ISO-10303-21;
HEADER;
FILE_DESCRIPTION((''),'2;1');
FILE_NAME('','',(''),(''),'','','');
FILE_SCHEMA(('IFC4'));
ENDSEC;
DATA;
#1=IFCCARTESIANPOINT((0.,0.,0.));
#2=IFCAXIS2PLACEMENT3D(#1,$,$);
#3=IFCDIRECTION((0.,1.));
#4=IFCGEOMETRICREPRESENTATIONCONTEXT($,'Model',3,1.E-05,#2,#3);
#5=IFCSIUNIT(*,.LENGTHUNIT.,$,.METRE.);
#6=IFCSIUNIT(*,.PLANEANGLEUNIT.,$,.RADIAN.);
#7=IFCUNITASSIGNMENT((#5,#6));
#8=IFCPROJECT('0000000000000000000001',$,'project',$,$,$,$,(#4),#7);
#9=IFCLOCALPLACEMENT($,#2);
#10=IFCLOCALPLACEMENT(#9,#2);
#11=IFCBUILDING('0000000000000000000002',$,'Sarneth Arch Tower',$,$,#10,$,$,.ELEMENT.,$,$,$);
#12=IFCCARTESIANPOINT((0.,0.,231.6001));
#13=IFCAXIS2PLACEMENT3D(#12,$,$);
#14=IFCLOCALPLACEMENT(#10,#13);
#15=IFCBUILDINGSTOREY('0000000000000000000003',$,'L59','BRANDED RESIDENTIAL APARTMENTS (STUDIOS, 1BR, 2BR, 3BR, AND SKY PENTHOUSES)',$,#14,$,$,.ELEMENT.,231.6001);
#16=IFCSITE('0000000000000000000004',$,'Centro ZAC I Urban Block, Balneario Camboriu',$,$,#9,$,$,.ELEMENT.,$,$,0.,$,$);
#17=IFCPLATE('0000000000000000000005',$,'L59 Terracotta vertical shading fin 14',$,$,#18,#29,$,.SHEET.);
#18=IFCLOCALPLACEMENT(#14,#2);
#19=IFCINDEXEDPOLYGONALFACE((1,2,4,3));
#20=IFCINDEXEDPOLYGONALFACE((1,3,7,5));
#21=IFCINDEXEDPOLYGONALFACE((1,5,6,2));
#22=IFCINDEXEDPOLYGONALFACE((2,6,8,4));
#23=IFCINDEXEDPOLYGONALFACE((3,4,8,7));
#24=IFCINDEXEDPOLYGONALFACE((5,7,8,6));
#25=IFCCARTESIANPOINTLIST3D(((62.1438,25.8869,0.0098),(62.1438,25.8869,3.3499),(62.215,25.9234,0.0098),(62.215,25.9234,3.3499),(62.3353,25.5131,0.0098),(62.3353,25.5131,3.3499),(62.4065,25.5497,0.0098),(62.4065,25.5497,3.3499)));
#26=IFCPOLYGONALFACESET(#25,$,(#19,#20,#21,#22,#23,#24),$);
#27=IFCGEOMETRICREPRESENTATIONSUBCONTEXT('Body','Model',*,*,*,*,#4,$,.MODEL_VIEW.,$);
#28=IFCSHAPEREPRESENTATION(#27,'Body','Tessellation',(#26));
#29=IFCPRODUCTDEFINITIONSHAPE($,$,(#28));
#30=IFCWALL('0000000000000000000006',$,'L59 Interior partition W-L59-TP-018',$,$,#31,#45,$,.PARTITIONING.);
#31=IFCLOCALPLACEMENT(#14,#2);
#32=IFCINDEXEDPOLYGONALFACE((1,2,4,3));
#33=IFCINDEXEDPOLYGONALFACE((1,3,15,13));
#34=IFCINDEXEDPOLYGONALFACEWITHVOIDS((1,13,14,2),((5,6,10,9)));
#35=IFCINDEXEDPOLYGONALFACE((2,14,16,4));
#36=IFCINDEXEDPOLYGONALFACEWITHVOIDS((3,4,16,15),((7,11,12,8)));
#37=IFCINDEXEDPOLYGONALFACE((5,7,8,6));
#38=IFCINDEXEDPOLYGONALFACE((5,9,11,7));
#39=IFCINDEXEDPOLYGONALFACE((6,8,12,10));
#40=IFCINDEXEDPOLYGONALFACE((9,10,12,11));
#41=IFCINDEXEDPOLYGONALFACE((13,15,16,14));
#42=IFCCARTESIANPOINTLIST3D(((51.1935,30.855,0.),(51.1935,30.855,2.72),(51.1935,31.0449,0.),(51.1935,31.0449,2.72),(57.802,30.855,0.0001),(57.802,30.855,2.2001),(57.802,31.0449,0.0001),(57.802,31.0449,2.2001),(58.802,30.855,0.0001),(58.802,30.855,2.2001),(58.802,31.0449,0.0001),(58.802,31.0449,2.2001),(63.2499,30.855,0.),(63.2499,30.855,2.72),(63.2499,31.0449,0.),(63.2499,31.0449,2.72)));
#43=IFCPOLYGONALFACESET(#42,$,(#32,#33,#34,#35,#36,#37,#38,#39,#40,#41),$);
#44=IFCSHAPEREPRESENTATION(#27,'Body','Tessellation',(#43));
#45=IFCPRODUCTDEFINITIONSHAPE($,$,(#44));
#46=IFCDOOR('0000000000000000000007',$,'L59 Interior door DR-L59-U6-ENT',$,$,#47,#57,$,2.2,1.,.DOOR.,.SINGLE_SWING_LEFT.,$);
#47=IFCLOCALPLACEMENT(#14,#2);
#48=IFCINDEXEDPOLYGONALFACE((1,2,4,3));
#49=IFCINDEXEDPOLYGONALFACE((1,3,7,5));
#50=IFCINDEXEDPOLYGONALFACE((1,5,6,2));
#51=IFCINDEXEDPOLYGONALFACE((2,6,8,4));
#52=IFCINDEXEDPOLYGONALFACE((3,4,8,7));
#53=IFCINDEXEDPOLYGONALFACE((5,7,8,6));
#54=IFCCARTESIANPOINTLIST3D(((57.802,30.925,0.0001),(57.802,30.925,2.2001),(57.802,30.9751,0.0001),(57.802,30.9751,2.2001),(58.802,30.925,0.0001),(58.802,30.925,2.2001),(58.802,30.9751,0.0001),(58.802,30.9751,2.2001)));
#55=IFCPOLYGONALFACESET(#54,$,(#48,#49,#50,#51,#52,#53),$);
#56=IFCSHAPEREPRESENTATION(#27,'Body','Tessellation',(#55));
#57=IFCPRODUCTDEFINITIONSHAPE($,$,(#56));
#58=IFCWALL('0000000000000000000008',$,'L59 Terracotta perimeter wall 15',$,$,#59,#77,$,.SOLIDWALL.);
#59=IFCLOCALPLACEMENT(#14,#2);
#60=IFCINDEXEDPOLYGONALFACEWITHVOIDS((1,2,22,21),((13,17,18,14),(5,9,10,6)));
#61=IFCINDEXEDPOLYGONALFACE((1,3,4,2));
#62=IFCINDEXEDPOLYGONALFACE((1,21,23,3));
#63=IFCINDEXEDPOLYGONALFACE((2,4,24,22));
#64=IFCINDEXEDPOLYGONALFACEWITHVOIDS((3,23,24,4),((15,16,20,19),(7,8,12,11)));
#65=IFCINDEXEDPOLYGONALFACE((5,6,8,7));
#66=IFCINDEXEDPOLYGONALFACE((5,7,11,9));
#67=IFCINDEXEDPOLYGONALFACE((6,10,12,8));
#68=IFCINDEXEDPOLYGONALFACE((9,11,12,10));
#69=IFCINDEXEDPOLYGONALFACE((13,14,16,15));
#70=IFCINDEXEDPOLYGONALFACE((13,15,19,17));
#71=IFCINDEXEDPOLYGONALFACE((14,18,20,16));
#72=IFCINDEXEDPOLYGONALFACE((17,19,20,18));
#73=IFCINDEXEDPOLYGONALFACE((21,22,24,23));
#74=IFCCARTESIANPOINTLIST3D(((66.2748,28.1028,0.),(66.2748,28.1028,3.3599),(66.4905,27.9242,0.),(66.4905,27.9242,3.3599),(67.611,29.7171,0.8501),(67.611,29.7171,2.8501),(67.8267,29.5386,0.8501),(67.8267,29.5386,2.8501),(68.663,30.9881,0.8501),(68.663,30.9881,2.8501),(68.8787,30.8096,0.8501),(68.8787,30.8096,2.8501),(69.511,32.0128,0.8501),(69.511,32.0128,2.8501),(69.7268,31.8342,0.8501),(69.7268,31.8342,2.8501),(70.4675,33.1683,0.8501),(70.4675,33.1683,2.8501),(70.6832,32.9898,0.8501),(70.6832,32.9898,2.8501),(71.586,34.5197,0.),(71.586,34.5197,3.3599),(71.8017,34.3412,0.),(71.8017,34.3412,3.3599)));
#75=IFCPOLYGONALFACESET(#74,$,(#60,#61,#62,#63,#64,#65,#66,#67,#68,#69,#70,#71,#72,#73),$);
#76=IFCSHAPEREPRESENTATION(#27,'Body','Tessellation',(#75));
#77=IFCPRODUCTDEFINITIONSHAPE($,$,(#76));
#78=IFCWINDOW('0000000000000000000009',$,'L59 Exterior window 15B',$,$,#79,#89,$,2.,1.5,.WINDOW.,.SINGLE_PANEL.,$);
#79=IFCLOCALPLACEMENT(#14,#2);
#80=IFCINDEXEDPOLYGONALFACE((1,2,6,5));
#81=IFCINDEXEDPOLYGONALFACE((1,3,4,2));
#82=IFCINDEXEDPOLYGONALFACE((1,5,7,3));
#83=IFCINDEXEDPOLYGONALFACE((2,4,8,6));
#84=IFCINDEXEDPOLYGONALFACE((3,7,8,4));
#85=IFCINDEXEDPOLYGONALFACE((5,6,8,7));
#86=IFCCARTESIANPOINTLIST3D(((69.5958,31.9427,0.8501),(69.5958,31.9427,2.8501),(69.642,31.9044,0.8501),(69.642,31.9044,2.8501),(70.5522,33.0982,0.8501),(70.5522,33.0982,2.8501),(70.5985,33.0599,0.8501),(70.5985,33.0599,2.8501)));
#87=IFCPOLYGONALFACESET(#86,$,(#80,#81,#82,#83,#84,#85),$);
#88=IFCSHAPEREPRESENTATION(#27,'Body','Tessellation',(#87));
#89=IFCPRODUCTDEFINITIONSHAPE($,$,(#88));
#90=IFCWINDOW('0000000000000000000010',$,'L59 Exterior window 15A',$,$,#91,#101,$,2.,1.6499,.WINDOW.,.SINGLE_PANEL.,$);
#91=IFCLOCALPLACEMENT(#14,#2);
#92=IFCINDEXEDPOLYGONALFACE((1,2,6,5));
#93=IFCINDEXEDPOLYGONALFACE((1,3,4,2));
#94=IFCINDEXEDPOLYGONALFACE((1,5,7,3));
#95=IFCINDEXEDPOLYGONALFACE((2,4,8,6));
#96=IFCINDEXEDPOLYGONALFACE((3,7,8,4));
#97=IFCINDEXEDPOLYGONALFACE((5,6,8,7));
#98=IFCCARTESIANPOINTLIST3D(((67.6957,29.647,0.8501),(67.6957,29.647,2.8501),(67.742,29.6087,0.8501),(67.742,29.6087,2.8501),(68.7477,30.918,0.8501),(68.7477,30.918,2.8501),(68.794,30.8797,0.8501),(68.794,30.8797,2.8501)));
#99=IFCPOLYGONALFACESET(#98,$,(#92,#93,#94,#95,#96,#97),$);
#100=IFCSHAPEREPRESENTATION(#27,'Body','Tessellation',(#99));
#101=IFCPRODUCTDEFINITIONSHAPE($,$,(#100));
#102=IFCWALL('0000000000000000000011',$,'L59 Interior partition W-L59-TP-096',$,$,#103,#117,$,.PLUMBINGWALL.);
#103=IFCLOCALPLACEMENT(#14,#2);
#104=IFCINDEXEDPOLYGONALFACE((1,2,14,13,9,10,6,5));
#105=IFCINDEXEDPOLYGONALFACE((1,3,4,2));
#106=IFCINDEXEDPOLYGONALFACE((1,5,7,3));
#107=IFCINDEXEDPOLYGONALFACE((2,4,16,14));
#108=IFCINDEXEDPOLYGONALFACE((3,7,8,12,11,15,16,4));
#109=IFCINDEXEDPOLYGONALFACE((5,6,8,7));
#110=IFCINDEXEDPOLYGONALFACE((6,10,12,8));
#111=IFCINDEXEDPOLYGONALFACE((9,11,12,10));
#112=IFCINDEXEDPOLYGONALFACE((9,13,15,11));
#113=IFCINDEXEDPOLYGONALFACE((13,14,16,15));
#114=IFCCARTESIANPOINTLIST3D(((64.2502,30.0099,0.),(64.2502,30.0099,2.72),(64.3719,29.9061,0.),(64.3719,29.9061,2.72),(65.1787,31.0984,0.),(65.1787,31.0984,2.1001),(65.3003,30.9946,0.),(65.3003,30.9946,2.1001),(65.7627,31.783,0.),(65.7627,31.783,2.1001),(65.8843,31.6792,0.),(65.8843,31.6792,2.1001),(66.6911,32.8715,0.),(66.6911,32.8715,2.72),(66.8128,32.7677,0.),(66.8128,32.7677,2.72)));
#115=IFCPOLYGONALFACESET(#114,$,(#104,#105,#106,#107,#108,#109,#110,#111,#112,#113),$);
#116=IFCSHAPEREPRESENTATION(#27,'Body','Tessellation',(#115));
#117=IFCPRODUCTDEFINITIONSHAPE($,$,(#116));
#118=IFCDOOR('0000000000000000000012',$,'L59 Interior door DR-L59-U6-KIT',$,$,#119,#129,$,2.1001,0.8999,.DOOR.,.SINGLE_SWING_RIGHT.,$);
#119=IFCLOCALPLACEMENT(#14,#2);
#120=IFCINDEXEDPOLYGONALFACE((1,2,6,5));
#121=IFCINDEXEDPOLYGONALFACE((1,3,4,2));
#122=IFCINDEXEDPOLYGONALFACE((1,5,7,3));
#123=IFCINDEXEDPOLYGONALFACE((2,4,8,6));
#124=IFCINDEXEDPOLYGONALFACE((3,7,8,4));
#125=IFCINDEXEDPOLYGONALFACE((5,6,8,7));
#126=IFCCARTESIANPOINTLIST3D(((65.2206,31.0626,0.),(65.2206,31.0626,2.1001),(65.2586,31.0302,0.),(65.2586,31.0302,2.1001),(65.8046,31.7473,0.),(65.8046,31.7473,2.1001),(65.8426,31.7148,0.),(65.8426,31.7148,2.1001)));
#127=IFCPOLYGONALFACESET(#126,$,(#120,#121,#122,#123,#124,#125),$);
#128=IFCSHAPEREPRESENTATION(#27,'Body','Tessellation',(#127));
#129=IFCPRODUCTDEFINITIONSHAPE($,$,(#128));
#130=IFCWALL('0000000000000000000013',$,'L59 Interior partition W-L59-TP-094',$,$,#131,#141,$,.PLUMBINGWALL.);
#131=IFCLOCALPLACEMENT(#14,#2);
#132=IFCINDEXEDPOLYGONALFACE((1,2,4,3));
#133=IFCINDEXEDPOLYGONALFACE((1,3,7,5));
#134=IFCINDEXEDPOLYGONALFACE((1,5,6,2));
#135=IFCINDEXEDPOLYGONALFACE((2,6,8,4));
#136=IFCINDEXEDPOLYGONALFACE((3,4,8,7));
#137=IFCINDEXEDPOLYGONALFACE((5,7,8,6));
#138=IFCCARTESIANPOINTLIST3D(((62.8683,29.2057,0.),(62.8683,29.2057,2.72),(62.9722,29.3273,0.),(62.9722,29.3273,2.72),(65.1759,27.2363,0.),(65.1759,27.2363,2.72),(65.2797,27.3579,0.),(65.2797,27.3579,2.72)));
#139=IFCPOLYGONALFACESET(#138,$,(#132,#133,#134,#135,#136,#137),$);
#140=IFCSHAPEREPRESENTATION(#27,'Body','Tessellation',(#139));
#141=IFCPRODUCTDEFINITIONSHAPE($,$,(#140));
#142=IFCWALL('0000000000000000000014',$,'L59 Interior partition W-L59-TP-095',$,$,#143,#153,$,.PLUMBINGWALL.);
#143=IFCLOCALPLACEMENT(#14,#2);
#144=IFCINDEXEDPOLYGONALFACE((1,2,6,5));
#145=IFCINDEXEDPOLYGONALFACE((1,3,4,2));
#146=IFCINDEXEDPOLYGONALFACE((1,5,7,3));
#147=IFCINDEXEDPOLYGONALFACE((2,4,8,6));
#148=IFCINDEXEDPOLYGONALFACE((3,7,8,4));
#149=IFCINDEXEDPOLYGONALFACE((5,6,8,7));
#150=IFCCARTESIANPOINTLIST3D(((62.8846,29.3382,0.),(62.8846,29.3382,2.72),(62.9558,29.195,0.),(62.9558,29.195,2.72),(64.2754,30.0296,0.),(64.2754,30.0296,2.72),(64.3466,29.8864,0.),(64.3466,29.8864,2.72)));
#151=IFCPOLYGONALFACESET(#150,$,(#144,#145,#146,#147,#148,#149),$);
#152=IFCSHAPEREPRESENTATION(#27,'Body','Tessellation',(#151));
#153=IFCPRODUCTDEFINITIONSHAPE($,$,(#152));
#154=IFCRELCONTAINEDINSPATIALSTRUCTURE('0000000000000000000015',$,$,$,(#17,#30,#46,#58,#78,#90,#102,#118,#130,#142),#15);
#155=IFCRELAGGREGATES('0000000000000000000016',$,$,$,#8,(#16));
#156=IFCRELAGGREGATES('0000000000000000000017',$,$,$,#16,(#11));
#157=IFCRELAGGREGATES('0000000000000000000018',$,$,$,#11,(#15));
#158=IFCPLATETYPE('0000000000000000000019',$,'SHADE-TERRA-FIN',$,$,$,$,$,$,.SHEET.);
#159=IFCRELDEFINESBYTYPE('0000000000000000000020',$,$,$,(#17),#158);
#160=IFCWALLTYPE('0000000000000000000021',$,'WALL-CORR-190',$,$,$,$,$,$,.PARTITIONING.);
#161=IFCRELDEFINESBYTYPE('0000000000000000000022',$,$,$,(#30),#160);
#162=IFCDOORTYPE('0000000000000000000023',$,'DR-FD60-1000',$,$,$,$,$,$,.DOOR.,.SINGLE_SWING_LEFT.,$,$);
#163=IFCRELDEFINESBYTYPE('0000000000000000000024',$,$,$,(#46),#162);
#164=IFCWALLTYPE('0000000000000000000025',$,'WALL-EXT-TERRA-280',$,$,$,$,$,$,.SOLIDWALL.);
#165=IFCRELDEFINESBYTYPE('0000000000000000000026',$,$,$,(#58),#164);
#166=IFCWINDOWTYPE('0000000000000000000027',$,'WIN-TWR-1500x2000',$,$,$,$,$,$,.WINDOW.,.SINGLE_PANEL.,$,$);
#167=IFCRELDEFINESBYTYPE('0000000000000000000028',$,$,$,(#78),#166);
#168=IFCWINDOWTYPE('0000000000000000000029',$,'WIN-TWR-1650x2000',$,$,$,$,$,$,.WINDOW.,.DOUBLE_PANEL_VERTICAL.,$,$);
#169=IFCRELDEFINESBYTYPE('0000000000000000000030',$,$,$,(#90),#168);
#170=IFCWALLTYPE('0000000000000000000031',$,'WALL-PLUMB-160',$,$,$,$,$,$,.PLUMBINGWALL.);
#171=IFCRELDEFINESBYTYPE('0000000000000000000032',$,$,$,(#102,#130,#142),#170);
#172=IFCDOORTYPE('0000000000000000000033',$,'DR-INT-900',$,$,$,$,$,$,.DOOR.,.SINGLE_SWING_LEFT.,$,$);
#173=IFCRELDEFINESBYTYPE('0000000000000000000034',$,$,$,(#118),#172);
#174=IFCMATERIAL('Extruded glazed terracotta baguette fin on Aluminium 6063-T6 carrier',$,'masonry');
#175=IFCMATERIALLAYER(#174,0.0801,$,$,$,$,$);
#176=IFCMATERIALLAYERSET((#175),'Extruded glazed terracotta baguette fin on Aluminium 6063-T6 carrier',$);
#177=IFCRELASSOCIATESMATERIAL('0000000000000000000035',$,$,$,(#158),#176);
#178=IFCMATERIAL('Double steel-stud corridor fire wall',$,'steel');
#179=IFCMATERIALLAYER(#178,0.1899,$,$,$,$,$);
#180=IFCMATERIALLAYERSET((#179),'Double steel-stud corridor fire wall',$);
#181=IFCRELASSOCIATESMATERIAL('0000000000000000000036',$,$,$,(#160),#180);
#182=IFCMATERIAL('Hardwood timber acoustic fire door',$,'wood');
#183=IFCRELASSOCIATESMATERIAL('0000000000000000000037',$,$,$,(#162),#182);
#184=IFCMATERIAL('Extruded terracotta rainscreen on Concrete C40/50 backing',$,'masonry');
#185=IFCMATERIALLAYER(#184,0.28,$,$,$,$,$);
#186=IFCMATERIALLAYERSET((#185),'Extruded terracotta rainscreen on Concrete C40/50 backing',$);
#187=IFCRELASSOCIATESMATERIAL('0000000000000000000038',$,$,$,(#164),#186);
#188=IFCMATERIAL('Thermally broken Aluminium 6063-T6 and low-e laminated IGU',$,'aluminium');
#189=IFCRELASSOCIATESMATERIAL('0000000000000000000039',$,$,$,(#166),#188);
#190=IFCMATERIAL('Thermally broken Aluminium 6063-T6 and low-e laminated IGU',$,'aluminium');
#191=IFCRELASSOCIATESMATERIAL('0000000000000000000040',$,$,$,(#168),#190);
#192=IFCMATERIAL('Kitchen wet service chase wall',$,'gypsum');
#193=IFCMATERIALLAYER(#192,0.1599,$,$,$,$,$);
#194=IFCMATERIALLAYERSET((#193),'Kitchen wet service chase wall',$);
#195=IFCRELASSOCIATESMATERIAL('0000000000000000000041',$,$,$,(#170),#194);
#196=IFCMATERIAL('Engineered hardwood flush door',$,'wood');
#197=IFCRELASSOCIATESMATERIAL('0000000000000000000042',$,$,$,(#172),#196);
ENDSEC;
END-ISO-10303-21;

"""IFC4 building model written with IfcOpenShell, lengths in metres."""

from ifc_helpers import new_model, si_unit, direction, frame, frame_2d, origin, origin_2d, place, context, subcontext, project, spatial, rectangle, extrude, material, layer, layer_set, type_object, element, fill, save


model = new_model("IFC4")

# Units and contexts
model_context = context("Model", 3, precision=1e-05, world=origin(), true_north=direction((0.0, 1.0)))
body_context = subcontext(model_context, "Body", "Model", "MODEL_VIEW")
ifc_project = project(units=[si_unit("LENGTHUNIT", "METRE"), si_unit("PLANEANGLEUNIT", "RADIAN")], contexts=[model_context])

# Site, building, storey
site_placement = place(None, origin())
site = spatial("IfcSite", under=ifc_project, at=site_placement, Name="Centro ZAC I Urban Block, Balneario Camboriu", CompositionType="ELEMENT", RefElevation=0.0)
building_placement = place(site_placement, origin())
building = spatial("IfcBuilding", under=site, at=building_placement, Name="Sarneth Arch Tower", CompositionType="ELEMENT")
storey_placement = place(building_placement, frame((0.0, 0.0, 231.6001)))
storey = spatial("IfcBuildingStorey", under=building, at=storey_placement, Name="L59", Description="BRANDED RESIDENTIAL APARTMENTS (STUDIOS, 1BR, 2BR, 3BR, AND SKY PENTHOUSES)", CompositionType="ELEMENT", Elevation=231.6001)

# Plate
ifc_material_1 = material(Name="Extruded glazed terracotta baguette fin on Aluminium 6063-T6 carrier", Category="masonry")
ifc_layer_1 = layer(ifc_material_1, 0.0801)
ifc_layer_set_1 = layer_set([ifc_layer_1], Name="Extruded glazed terracotta baguette fin on Aluminium 6063-T6 carrier")
plate_type_1 = type_object("IfcPlateType", Name="SHADE-TERRA-FIN", PredefinedType="SHEET", material=ifc_layer_set_1)
plate_1_placement = place(storey_placement, frame((62.2751, 25.7183, 0.0098), z_axis=(0.0, 0.0, 1.0), x_axis=(0.456011, -0.889974, 0.0)))
element("IfcPlate", 1, at=plate_1_placement, inside=storey, type_object=plate_type_1, Name="L59 Terracotta vertical shading fin 14", PredefinedType="SHEET", context=body_context, shape_type="SweptSolid", body=[
    extrude(rectangle(XDim=0.4199, YDim=0.0801, at=origin_2d()), origin(), (0.0, 0.0, 1.0), 3.3401),
])

# Wall, opening, door
ifc_material_2 = material(Name="Double steel-stud corridor fire wall", Category="steel")
ifc_layer_2 = layer(ifc_material_2, 0.1899)
ifc_layer_set_2 = layer_set([ifc_layer_2], Name="Double steel-stud corridor fire wall")
wall_type_1 = type_object("IfcWallType", Name="WALL-CORR-190", PredefinedType="PARTITIONING", material=ifc_layer_set_2)
wall_1_placement = place(storey_placement, frame((63.25, 30.95, 0.0), z_axis=(0.0, 0.0, 1.0), x_axis=(-1.0, 0.0, 0.0)))
wall_1 = element("IfcWall", 2, at=wall_1_placement, inside=storey, type_object=wall_type_1, Name="L59 Interior partition W-L59-TP-018", PredefinedType="PARTITIONING", context=body_context, shape_type="SweptSolid", body=[
    extrude(rectangle(XDim=12.0564, YDim=0.1899, at=frame_2d((6.0283, 0.0))), origin(), (0.0, 0.0, 1.0), 2.72),
])
opening_1_placement = place(wall_1_placement, frame((4.448, 0.0, 0.0)))
opening_1 = element("IfcOpeningElement", 3, at=opening_1_placement, cuts=wall_1, PredefinedType="OPENING", context=body_context, shape_type="SweptSolid", body=[
    extrude(rectangle(XDim=1.0, YDim=2.2, at=frame_2d((0.5, 1.1001))), frame((0.0, 0.105, 0.0), z_axis=(0.0, -1.0, 0.0), x_axis=(1.0, 0.0, 0.0)), (0.0, 0.0, 1.0), 0.21),
])
ifc_material_3 = material(Name="Hardwood timber acoustic fire door", Category="wood")
door_type_1 = type_object("IfcDoorType", Name="DR-FD60-1000", OperationType="SINGLE_SWING_LEFT", PredefinedType="DOOR", material=ifc_material_3)
door_1_placement = place(opening_1_placement, origin())
door_1 = element("IfcDoor", 4, at=door_1_placement, inside=storey, type_object=door_type_1, Name="L59 Interior door DR-L59-U6-ENT", OperationType="SINGLE_SWING_LEFT", OverallHeight=2.2, OverallWidth=1.0, PredefinedType="DOOR", context=body_context, shape_type="SweptSolid", body=[
    extrude(rectangle(XDim=1.0, YDim=2.2, at=frame_2d((0.5, 1.1001))), frame((0.0, 0.0249, 0.0), z_axis=(0.0, -1.0, 0.0), x_axis=(1.0, 0.0, 0.0)), (0.0, 0.0, 1.0), 0.05),
])
fill(opening_1, door_1)

# Wall, openings, windows
ifc_material_4 = material(Name="Extruded terracotta rainscreen on Concrete C40/50 backing", Category="masonry")
ifc_layer_3 = layer(ifc_material_4, 0.28)
ifc_layer_set_3 = layer_set([ifc_layer_3], Name="Extruded terracotta rainscreen on Concrete C40/50 backing")
wall_type_2 = type_object("IfcWallType", Name="WALL-EXT-TERRA-280", PredefinedType="SOLIDWALL", material=ifc_layer_set_3)
wall_2_placement = place(storey_placement, frame((66.3826, 28.0134, 0.0), z_axis=(0.0, 0.0, 1.0), x_axis=(0.637615, 0.770355, 0.0)))
wall_2 = element("IfcWall", 5, at=wall_2_placement, inside=storey, type_object=wall_type_2, Name="L59 Terracotta perimeter wall 15", PredefinedType="SOLIDWALL", context=body_context, shape_type="SweptSolid", body=[
    extrude(rectangle(XDim=8.3298, YDim=0.28, at=frame_2d((4.165, 0.0))), origin(), (0.0, 0.0, 1.0), 3.3599),
])
opening_2_placement = place(wall_2_placement, frame((2.0957, 0.0, 0.8501)))
opening_2 = element("IfcOpeningElement", 6, at=opening_2_placement, cuts=wall_2, PredefinedType="OPENING", context=body_context, shape_type="SweptSolid", body=[
    extrude(rectangle(XDim=1.6499, YDim=2.0, at=frame_2d((0.825, 1.0))), frame((0.0, 0.1499, 0.0), z_axis=(0.0, -1.0, 0.0), x_axis=(1.0, 0.0, 0.0)), (0.0, 0.0, 1.0), 0.3),
])
opening_3_placement = place(wall_2_placement, frame((5.0757, 0.0, 0.8501)))
opening_3 = element("IfcOpeningElement", 7, at=opening_3_placement, cuts=wall_2, PredefinedType="OPENING", context=body_context, shape_type="SweptSolid", body=[
    extrude(rectangle(XDim=1.5, YDim=2.0, at=frame_2d((0.75, 1.0))), frame((0.0, 0.1499, 0.0), z_axis=(0.0, -1.0, 0.0), x_axis=(1.0, 0.0, 0.0)), (0.0, 0.0, 1.0), 0.3),
])
ifc_material_5 = material(Name="Thermally broken Aluminium 6063-T6 and low-e laminated IGU", Category="aluminium")
window_type_1 = type_object("IfcWindowType", Name="WIN-TWR-1500x2000", PartitioningType="SINGLE_PANEL", PredefinedType="WINDOW", material=ifc_material_5)
window_1_placement = place(opening_3_placement, origin())
window_1 = element("IfcWindow", 8, at=window_1_placement, inside=storey, type_object=window_type_1, Name="L59 Exterior window 15B", OverallHeight=2.0, OverallWidth=1.5, PartitioningType="SINGLE_PANEL", PredefinedType="WINDOW", context=body_context, shape_type="SweptSolid", body=[
    extrude(rectangle(XDim=1.5, YDim=2.0, at=frame_2d((0.75, 1.0))), frame((0.0, 0.03, 0.0), z_axis=(0.0, -1.0, 0.0), x_axis=(1.0, 0.0, 0.0)), (0.0, 0.0, 1.0), 0.0601),
])
fill(opening_3, window_1)
ifc_material_6 = material(Name="Thermally broken Aluminium 6063-T6 and low-e laminated IGU", Category="aluminium")
window_type_2 = type_object("IfcWindowType", Name="WIN-TWR-1650x2000", PartitioningType="DOUBLE_PANEL_VERTICAL", PredefinedType="WINDOW", material=ifc_material_6)
window_2_placement = place(opening_2_placement, origin())
window_2 = element("IfcWindow", 9, at=window_2_placement, inside=storey, type_object=window_type_2, Name="L59 Exterior window 15A", OverallHeight=2.0, OverallWidth=1.6499, PartitioningType="SINGLE_PANEL", PredefinedType="WINDOW", context=body_context, shape_type="SweptSolid", body=[
    extrude(rectangle(XDim=1.6499, YDim=2.0, at=frame_2d((0.825, 1.0))), frame((0.0, 0.03, 0.0), z_axis=(0.0, -1.0, 0.0), x_axis=(1.0, 0.0, 0.0)), (0.0, 0.0, 1.0), 0.0601),
])
fill(opening_2, window_2)

# Wall, opening, door
ifc_material_7 = material(Name="Kitchen wet service chase wall", Category="gypsum")
ifc_layer_4 = layer(ifc_material_7, 0.1599)
ifc_layer_set_4 = layer_set([ifc_layer_4], Name="Kitchen wet service chase wall")
wall_type_3 = type_object("IfcWallType", Name="WALL-PLUMB-160", PredefinedType="PLUMBINGWALL", material=ifc_layer_set_4)
wall_3_placement = place(storey_placement, frame((64.311, 29.958, 0.0), z_axis=(0.0, 0.0, 1.0), x_axis=(0.648972, 0.760812, 0.0)))
wall_3 = element("IfcWall", 10, at=wall_3_placement, inside=storey, type_object=wall_type_3, Name="L59 Interior partition W-L59-TP-096", PredefinedType="PLUMBINGWALL", context=body_context, shape_type="SweptSolid", body=[
    extrude(rectangle(XDim=3.7612, YDim=0.1599, at=frame_2d((1.8806, 0.0))), origin(), (0.0, 0.0, 1.0), 2.72),
])
opening_4_placement = place(wall_3_placement, frame((1.4307, 0.0, 0.0)))
opening_4 = element("IfcOpeningElement", 11, at=opening_4_placement, cuts=wall_3, PredefinedType="OPENING", context=body_context, shape_type="SweptSolid", body=[
    extrude(rectangle(XDim=0.8999, YDim=2.1001, at=frame_2d((0.45, 1.05))), frame((0.0, 0.0898, 0.0), z_axis=(0.0, -1.0, 0.0), x_axis=(1.0, 0.0, 0.0)), (0.0, 0.0, 1.0), 0.1799),
])
ifc_material_8 = material(Name="Engineered hardwood flush door", Category="wood")
door_type_2 = type_object("IfcDoorType", Name="DR-INT-900", OperationType="SINGLE_SWING_LEFT", PredefinedType="DOOR", material=ifc_material_8)
door_2_placement = place(opening_4_placement, origin())
door_2 = element("IfcDoor", 12, at=door_2_placement, inside=storey, type_object=door_type_2, Name="L59 Interior door DR-L59-U6-KIT", OperationType="SINGLE_SWING_RIGHT", OverallHeight=2.1001, OverallWidth=0.8999, PredefinedType="DOOR", context=body_context, shape_type="SweptSolid", body=[
    extrude(rectangle(XDim=0.8999, YDim=2.1001, at=frame_2d((0.45, 1.05))), frame((0.0, 0.0249, 0.0), z_axis=(0.0, -1.0, 0.0), x_axis=(1.0, 0.0, 0.0)), (0.0, 0.0, 1.0), 0.05),
])
fill(opening_4, door_2)

# Walls
wall_4_placement = place(storey_placement, frame((65.2278, 27.2971, 0.0), z_axis=(0.0, 0.0, 1.0), x_axis=(-0.760635, 0.649179, 0.0)))
element("IfcWall", 13, at=wall_4_placement, inside=storey, type_object=wall_type_3, Name="L59 Interior partition W-L59-TP-094", PredefinedType="PLUMBINGWALL", context=body_context, shape_type="SweptSolid", body=[
    extrude(rectangle(XDim=3.0337, YDim=0.1599, at=frame_2d((1.5168, 0.0))), origin(), (0.0, 0.0, 1.0), 2.72),
])
wall_5_placement = place(storey_placement, frame((62.9202, 29.2666, 0.0), z_axis=(0.0, 0.0, 1.0), x_axis=(0.895462, 0.445138, 0.0)))
element("IfcWall", 14, at=wall_5_placement, inside=storey, type_object=wall_type_3, Name="L59 Interior partition W-L59-TP-095", PredefinedType="PLUMBINGWALL", context=body_context, shape_type="SweptSolid", body=[
    extrude(rectangle(XDim=1.5532, YDim=0.1599, at=frame_2d((0.7766, 0.0))), origin(), (0.0, 0.0, 1.0), 2.72),
])

save(model, "model.ifc")
